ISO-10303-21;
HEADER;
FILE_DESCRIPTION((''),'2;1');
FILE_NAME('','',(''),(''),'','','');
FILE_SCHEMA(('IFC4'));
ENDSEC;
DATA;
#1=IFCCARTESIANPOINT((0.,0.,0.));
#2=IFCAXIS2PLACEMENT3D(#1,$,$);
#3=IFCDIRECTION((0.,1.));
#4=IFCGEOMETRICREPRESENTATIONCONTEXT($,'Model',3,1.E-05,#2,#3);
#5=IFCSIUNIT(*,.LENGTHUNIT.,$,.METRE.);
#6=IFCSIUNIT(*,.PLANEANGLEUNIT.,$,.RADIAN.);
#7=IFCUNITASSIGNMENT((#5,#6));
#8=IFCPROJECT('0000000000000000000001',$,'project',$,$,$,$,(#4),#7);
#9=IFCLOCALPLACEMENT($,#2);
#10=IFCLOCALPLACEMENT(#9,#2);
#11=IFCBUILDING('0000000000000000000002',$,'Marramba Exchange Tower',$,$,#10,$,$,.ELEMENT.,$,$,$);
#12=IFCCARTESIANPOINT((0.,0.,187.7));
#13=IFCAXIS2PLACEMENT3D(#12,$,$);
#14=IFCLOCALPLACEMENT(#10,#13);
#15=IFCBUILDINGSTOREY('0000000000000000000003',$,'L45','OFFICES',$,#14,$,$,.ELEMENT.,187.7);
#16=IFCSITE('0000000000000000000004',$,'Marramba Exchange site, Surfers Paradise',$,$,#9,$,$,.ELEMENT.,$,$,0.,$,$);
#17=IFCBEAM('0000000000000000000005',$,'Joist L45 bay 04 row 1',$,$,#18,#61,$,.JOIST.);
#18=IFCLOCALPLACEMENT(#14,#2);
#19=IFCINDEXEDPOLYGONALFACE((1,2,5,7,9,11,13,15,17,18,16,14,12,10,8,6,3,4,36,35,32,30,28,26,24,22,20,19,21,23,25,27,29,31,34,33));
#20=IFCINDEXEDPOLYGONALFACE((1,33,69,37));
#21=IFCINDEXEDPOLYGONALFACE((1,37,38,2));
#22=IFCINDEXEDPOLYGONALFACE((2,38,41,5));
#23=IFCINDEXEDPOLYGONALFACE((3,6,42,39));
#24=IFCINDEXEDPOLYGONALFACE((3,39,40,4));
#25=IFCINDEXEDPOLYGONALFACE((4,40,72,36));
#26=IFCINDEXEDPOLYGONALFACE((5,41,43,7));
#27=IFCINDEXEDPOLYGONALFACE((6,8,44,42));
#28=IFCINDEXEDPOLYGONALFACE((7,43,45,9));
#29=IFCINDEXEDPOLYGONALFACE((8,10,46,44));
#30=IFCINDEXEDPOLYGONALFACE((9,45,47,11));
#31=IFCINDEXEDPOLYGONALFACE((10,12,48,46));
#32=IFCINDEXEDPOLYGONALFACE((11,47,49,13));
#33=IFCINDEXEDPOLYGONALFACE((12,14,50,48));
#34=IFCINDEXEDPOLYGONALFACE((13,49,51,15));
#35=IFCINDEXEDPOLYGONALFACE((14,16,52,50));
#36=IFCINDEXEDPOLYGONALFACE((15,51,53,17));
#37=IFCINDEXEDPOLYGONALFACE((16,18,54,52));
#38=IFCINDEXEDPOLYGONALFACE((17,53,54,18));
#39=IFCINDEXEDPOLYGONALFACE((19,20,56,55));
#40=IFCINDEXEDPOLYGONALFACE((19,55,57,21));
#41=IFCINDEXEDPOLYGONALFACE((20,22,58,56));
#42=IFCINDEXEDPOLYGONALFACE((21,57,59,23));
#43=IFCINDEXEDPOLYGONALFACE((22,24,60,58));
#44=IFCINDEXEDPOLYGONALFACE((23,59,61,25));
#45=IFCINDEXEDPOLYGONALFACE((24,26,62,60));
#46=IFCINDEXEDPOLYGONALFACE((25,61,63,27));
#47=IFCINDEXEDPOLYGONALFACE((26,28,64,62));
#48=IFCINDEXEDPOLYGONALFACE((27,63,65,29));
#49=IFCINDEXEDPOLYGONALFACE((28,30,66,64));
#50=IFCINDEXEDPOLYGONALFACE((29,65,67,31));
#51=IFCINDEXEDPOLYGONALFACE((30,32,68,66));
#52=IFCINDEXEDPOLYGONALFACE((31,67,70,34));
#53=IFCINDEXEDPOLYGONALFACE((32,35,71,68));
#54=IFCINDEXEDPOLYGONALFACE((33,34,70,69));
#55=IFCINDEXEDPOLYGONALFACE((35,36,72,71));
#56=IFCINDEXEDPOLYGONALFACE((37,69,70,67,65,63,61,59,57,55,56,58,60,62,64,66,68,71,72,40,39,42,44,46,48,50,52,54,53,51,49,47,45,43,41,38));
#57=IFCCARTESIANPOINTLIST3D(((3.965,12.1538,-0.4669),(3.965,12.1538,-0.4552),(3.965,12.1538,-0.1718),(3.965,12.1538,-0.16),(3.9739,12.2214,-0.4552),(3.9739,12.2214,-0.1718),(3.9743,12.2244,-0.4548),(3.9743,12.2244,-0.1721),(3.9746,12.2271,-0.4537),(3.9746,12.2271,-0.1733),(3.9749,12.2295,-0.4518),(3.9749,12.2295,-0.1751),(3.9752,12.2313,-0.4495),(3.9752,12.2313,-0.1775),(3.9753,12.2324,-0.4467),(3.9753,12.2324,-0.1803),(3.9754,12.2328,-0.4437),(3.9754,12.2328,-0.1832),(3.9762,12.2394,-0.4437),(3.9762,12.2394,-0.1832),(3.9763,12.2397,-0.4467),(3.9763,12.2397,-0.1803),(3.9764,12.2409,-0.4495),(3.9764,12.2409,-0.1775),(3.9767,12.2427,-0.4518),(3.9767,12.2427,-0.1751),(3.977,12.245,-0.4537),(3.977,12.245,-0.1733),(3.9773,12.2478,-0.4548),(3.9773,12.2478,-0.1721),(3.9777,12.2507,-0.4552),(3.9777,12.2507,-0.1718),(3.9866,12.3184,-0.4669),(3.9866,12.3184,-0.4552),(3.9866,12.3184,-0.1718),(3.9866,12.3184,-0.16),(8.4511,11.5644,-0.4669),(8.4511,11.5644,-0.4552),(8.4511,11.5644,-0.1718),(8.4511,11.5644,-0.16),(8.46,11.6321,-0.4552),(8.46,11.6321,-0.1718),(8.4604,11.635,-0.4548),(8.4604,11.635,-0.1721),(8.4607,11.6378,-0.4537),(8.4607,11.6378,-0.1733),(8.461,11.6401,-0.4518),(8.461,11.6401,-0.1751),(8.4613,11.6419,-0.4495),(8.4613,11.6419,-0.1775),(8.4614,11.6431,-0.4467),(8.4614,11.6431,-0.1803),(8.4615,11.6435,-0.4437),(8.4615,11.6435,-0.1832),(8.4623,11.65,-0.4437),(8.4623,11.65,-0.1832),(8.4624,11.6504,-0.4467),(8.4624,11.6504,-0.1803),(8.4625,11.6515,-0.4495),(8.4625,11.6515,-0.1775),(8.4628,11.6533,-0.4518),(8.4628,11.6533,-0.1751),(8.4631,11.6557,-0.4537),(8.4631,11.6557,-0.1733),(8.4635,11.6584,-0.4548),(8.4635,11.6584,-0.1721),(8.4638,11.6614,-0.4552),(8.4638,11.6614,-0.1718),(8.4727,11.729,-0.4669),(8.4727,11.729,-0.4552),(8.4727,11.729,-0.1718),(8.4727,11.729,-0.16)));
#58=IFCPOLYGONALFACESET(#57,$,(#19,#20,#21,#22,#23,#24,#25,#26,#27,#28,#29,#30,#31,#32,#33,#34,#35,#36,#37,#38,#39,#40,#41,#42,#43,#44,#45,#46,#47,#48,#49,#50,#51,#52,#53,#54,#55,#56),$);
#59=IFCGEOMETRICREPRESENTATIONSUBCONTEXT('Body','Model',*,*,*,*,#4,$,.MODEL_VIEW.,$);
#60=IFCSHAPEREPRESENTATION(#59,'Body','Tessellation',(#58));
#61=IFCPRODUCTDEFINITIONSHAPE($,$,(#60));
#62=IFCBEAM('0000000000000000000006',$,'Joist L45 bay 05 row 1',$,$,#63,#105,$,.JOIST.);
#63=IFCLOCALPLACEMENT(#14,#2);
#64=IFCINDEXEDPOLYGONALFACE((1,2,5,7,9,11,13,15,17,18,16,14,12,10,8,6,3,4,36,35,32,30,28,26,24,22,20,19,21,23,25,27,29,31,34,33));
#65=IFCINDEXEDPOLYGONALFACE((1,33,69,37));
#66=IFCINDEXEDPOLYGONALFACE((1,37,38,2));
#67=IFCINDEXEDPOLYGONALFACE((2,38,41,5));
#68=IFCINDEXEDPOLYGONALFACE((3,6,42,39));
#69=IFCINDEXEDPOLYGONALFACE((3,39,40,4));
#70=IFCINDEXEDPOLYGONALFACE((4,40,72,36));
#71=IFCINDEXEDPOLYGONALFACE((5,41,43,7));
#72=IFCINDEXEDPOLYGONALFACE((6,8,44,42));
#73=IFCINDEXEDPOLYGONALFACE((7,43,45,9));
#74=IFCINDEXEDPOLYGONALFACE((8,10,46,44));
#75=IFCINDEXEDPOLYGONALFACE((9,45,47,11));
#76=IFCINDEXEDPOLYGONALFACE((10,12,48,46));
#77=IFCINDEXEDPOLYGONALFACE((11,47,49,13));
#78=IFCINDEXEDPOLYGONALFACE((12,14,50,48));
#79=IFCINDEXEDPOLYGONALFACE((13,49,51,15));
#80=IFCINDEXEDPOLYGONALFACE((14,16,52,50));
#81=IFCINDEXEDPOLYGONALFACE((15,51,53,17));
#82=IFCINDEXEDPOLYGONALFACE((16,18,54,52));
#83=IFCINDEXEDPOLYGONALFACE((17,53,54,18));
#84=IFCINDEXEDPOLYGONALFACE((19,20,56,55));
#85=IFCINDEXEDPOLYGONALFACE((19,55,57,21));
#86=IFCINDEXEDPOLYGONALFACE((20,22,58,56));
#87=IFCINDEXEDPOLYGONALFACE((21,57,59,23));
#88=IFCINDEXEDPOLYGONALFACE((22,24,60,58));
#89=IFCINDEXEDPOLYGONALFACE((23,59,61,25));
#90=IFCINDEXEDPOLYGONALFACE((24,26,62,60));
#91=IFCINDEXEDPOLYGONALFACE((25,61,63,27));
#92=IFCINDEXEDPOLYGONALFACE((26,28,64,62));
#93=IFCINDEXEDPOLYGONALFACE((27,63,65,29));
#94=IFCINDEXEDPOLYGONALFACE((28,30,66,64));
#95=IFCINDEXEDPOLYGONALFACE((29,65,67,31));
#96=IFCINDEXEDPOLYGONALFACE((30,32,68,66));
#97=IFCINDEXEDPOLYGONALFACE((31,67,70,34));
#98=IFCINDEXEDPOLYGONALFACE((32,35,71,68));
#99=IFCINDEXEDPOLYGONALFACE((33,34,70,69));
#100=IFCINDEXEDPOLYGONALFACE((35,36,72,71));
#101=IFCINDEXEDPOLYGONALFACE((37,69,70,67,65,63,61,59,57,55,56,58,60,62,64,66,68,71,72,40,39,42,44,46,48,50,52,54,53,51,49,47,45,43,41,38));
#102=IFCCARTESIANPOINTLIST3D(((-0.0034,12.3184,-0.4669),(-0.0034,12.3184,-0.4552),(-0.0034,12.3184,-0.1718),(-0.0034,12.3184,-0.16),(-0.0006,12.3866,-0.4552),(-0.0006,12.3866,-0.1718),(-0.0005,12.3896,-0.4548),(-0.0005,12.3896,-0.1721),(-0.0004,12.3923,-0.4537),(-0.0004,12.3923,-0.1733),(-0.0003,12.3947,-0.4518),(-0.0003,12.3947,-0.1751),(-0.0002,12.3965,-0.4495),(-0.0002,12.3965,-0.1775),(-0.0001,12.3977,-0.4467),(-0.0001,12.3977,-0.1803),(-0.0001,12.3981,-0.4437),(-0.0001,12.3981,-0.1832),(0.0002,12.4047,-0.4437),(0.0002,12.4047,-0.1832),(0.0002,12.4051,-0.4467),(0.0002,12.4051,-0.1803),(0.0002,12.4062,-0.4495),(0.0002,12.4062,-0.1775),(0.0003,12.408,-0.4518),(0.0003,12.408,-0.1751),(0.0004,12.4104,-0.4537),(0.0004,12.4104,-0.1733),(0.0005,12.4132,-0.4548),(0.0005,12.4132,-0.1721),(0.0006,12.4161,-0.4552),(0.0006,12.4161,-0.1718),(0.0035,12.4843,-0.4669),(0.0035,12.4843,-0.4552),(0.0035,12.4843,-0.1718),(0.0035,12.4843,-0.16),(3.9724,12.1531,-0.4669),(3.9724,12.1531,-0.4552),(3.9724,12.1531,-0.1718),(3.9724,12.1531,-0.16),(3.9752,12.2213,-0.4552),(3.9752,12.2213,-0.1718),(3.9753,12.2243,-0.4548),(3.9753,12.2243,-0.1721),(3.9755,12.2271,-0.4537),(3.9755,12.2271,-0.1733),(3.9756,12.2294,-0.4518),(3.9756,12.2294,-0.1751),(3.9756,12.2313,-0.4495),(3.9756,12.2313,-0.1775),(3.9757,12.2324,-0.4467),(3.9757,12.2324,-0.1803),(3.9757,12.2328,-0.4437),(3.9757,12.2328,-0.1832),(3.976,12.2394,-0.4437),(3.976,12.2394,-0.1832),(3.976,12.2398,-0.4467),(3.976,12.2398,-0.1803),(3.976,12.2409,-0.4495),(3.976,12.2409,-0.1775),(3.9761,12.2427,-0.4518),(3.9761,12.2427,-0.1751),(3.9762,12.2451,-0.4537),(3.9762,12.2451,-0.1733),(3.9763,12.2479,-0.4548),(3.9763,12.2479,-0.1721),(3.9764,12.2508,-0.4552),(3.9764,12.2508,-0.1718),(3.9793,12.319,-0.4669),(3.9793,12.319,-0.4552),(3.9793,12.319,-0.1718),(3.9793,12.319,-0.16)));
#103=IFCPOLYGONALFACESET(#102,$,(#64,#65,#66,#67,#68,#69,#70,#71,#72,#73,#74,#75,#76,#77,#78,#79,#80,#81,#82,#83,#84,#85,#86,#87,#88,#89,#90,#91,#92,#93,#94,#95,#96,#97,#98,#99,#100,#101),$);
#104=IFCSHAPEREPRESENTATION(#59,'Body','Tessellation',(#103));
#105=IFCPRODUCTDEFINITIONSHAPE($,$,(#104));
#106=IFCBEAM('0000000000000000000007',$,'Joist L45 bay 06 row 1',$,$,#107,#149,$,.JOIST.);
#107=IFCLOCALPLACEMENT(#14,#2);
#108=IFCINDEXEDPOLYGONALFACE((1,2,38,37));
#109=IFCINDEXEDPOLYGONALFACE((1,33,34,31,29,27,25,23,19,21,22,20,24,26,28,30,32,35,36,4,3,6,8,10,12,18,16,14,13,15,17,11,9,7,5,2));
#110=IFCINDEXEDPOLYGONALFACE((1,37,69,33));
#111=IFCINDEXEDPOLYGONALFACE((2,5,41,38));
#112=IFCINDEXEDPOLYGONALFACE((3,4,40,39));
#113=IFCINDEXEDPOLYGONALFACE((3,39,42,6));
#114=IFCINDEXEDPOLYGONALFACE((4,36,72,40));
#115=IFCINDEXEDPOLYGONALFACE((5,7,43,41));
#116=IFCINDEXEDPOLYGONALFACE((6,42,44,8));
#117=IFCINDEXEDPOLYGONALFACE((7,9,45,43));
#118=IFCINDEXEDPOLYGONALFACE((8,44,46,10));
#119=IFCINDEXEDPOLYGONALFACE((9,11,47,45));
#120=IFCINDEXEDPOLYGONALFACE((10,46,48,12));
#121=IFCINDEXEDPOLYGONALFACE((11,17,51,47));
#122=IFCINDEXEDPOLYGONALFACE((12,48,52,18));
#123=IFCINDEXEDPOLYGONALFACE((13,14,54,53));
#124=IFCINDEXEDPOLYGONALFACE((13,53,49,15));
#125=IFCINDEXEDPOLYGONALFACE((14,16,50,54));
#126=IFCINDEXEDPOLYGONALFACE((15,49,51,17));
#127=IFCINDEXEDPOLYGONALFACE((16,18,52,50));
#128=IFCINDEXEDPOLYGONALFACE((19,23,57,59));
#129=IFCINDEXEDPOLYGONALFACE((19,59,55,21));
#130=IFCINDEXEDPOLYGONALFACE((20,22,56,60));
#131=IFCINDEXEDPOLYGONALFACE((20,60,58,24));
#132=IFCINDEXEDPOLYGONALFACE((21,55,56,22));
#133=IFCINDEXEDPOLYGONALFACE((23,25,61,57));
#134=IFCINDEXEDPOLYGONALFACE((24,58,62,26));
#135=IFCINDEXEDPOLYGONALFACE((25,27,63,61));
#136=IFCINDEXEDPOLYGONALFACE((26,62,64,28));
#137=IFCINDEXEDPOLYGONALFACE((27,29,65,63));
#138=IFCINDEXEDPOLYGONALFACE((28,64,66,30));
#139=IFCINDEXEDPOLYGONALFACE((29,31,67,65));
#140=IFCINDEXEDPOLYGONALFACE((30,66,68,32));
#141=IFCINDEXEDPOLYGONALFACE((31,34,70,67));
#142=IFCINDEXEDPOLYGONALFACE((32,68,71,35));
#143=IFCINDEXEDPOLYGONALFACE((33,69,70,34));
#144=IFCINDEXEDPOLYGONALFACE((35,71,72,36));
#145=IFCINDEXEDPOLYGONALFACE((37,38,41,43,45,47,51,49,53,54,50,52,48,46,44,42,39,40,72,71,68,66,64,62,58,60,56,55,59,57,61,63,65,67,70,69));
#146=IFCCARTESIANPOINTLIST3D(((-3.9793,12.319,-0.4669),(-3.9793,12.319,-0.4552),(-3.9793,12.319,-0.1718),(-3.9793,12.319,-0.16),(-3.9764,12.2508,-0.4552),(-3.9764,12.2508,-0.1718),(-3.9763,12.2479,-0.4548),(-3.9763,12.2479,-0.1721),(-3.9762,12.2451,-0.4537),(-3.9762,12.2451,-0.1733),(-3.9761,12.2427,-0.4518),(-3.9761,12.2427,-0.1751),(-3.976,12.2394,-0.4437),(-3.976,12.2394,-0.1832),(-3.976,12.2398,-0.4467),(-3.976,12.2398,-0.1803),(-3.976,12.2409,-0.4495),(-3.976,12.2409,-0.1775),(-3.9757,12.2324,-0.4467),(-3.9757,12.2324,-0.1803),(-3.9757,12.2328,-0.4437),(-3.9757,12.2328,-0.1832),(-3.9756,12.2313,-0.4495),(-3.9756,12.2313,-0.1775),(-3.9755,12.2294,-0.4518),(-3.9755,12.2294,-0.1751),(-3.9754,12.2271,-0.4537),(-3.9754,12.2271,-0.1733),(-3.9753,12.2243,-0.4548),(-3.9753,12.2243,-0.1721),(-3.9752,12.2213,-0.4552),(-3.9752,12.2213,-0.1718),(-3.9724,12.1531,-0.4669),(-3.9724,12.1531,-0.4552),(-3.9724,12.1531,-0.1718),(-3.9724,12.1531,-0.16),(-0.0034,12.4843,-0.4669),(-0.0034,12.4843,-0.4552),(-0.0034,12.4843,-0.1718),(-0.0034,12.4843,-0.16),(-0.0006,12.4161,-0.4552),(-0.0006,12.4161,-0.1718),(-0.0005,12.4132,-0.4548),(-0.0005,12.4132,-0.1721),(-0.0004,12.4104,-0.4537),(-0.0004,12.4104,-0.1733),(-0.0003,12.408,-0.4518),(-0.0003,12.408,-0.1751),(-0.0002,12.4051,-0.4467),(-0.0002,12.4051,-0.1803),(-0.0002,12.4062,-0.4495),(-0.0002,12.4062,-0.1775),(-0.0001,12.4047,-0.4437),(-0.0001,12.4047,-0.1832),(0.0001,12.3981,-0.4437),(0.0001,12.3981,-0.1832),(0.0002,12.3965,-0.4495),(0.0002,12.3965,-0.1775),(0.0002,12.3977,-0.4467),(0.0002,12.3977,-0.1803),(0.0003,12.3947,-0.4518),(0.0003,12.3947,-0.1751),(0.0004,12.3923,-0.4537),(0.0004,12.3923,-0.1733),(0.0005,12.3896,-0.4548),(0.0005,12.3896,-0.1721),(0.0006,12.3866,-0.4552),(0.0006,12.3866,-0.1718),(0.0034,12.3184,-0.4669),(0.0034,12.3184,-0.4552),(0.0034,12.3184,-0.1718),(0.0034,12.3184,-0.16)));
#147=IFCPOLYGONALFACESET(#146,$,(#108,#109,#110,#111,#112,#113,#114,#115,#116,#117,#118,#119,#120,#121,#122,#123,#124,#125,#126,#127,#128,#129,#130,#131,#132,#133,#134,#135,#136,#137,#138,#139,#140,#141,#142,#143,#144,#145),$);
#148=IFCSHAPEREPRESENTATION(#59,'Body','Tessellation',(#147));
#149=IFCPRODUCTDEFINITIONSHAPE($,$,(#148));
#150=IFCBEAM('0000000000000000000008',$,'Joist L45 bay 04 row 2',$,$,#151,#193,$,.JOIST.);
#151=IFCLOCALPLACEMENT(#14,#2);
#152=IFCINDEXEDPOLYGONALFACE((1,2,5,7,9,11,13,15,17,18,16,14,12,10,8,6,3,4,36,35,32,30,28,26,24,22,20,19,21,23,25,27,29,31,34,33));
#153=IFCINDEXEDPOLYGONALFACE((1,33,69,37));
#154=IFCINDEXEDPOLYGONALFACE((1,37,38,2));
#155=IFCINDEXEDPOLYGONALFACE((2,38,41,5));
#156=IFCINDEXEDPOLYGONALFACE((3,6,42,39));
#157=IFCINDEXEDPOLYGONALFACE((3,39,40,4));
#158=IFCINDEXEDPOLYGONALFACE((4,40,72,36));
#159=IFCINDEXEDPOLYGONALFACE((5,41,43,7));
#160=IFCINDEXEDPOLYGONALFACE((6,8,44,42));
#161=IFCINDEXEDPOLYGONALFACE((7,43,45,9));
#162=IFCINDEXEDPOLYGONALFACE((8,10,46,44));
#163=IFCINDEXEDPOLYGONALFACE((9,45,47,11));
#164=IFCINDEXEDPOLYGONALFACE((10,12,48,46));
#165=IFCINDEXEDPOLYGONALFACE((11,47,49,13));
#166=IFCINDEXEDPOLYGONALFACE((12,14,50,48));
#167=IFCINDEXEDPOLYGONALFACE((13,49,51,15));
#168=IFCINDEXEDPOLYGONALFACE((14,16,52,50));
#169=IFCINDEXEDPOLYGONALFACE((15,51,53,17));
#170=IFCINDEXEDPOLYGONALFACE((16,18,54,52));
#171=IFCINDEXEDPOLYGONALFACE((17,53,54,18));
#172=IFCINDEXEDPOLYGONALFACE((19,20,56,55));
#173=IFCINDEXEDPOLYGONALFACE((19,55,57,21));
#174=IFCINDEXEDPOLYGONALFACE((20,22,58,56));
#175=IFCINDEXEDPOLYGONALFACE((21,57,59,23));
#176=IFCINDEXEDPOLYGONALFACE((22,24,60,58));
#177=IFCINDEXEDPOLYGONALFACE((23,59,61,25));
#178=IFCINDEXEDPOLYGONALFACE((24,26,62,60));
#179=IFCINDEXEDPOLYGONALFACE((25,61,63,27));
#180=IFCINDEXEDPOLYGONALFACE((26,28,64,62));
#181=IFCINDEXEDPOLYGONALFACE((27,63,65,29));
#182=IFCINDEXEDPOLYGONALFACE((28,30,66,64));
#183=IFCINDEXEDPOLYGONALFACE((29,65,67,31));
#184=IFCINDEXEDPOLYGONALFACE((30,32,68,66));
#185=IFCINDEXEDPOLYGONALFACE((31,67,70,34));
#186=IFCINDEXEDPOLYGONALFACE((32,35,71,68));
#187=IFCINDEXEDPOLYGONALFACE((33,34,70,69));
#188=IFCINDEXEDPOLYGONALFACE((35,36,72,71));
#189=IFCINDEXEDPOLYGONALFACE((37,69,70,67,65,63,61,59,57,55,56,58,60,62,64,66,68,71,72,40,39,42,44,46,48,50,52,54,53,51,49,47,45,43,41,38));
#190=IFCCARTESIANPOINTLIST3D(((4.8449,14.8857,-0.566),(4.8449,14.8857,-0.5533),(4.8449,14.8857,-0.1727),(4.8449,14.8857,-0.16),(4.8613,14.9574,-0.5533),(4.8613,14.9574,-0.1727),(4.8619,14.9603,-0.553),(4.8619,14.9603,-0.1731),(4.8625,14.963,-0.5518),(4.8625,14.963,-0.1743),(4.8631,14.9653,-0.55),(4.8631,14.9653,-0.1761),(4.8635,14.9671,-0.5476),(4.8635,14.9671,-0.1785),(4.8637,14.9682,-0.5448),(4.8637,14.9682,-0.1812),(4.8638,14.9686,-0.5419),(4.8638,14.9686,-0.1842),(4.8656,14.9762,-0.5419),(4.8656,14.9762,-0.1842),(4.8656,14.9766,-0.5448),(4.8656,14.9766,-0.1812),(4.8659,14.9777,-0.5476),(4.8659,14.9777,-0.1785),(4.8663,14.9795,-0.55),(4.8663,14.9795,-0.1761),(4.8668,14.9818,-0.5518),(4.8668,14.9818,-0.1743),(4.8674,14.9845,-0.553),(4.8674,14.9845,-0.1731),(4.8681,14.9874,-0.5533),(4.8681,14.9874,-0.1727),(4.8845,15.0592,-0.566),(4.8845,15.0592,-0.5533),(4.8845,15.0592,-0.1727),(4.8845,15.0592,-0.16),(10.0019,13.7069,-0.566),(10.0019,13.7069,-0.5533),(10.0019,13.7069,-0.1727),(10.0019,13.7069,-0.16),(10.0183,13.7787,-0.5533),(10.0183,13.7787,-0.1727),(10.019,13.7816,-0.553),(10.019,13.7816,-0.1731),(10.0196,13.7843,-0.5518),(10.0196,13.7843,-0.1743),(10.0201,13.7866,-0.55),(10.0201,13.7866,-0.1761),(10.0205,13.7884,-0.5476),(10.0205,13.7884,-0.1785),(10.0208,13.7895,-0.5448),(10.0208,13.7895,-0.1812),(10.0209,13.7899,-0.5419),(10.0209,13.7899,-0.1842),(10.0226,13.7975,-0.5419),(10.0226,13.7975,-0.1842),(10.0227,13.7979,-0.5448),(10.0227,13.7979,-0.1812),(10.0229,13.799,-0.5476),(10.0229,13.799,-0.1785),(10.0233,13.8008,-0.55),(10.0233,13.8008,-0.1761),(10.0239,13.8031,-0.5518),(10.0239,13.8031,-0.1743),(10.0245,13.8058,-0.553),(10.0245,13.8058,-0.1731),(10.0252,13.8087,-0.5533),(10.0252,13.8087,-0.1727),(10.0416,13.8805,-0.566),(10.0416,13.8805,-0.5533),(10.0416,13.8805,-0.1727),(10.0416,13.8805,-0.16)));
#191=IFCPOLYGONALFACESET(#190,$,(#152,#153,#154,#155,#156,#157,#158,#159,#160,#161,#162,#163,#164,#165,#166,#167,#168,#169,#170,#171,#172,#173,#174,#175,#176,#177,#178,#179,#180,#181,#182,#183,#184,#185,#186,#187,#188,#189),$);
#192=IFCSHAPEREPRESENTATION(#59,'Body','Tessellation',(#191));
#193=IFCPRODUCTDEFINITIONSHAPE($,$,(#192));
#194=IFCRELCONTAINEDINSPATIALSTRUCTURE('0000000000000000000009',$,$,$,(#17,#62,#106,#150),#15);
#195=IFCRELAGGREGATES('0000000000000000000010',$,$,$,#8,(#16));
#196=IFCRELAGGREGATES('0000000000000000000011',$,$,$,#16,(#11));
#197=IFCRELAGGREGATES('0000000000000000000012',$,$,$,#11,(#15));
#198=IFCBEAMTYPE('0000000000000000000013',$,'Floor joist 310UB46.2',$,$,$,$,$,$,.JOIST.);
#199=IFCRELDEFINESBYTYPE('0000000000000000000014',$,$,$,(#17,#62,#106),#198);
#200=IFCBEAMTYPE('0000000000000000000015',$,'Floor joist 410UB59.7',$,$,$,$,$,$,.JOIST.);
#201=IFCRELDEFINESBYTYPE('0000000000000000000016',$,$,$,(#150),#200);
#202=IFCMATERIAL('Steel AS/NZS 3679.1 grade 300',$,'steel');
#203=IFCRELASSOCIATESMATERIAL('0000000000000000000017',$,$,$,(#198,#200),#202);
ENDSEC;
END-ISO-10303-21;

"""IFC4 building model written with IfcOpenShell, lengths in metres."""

from ifc_helpers import new_model, si_unit, direction, frame, origin, origin_2d, place, context, subcontext, project, spatial, i_section, extrude, material, material_profile, profile_set, type_object, element, save


model = new_model("IFC4")

# Units and contexts
model_context = context("Model", 3, precision=1e-05, world=origin(), true_north=direction((0.0, 1.0)))
body_context = subcontext(model_context, "Body", "Model", "MODEL_VIEW")
ifc_project = project(units=[si_unit("LENGTHUNIT", "METRE"), si_unit("PLANEANGLEUNIT", "RADIAN")], contexts=[model_context])

# Site, building, storey
site_placement = place(None, origin())
site = spatial("IfcSite", under=ifc_project, at=site_placement, Name="Marramba Exchange site, Surfers Paradise", CompositionType="ELEMENT", RefElevation=0.0)
building_placement = place(site_placement, origin())
building = spatial("IfcBuilding", under=site, at=building_placement, Name="Marramba Exchange Tower", CompositionType="ELEMENT")
storey_placement = place(building_placement, frame((0.0, 0.0, 187.7)))
storey = spatial("IfcBuildingStorey", under=building, at=storey_placement, Name="L45", Description="OFFICES", CompositionType="ELEMENT", Elevation=187.7)

# Beams
ifc_material_1 = material(Name="Steel AS/NZS 3679.1 grade 300", Category="steel")
ifc_material_profile_1 = material_profile(ifc_material_1, i_section(OverallWidth=0.166, OverallDepth=0.3069, WebThickness=0.0066, FlangeThickness=0.0117, FilletRadius=0.0115, at=origin_2d()), Name="310UB46.2")
ifc_profile_set_1 = profile_set([ifc_material_profile_1], Name="Steel AS/NZS 3679.1 grade 300")
beam_type_1 = type_object("IfcBeamType", Name="Floor joist 310UB46.2", PredefinedType="JOIST", material=ifc_profile_set_1)
beam_1_placement = place(storey_placement, frame((8.4619, 11.6467, -0.3135), z_axis=(-0.991481, 0.130255, 0.0), x_axis=(-0.130255, -0.991481, 0.0)))
element("IfcBeam", 1, at=beam_1_placement, inside=storey, type_object=beam_type_1, Name="Joist L45 bay 04 row 1", PredefinedType="JOIST", context=body_context, shape_type="SweptSolid", body=[
    extrude(i_section(OverallWidth=0.166, OverallDepth=0.3069, WebThickness=0.0066, FlangeThickness=0.0117, FilletRadius=0.0115, at=origin_2d()), origin(), (0.0, 0.0, 1.0), 4.5247),
])
for number, where, z_axis, x_axis, name in (
    (2, (3.9758, 12.2361, -0.3135), (-0.999137, 0.041536, 0.0), (-0.041536, -0.999137, 0.0), "Joist L45 bay 05 row 1"),
    (3, (0.0, 12.4014, -0.3135), (-0.999137, -0.041536, 0.0), (0.041536, -0.999137, 0.0), "Joist L45 bay 06 row 1"),
):
    element("IfcBeam", number, at=place(storey_placement, frame(where, z_axis=z_axis, x_axis=x_axis)), inside=storey, type_object=beam_type_1, Name=name, PredefinedType="JOIST", context=body_context, shape_type="SweptSolid", body=[
        extrude(i_section(OverallWidth=0.166, OverallDepth=0.3069, WebThickness=0.0066, FlangeThickness=0.0117, FilletRadius=0.0115, at=origin_2d()), origin(), (0.0, 0.0, 1.0), 3.9792),
    ])
ifc_material_profile_2 = material_profile(ifc_material_1, i_section(OverallWidth=0.178, OverallDepth=0.406, WebThickness=0.0078, FlangeThickness=0.0127, FilletRadius=0.0115, at=origin_2d()), Name="410UB59.7")
ifc_profile_set_2 = profile_set([ifc_material_profile_2], Name="Steel AS/NZS 3679.1 grade 300")
beam_type_2 = type_object("IfcBeamType", Name="Floor joist 410UB59.7", PredefinedType="JOIST", material=ifc_profile_set_2)
beam_2_placement = place(storey_placement, frame((10.0217, 13.7937, -0.363), z_axis=(-0.97486, 0.22282, 0.0), x_axis=(-0.22282, -0.97486, 0.0)))
element("IfcBeam", 4, at=beam_2_placement, inside=storey, type_object=beam_type_2, Name="Joist L45 bay 04 row 2", PredefinedType="JOIST", context=body_context, shape_type="SweptSolid", body=[
    extrude(i_section(OverallWidth=0.178, OverallDepth=0.406, WebThickness=0.0078, FlangeThickness=0.0127, FilletRadius=0.0115, at=origin_2d()), origin(), (0.0, 0.0, 1.0), 5.29),
])

save(model, "model.ifc")
